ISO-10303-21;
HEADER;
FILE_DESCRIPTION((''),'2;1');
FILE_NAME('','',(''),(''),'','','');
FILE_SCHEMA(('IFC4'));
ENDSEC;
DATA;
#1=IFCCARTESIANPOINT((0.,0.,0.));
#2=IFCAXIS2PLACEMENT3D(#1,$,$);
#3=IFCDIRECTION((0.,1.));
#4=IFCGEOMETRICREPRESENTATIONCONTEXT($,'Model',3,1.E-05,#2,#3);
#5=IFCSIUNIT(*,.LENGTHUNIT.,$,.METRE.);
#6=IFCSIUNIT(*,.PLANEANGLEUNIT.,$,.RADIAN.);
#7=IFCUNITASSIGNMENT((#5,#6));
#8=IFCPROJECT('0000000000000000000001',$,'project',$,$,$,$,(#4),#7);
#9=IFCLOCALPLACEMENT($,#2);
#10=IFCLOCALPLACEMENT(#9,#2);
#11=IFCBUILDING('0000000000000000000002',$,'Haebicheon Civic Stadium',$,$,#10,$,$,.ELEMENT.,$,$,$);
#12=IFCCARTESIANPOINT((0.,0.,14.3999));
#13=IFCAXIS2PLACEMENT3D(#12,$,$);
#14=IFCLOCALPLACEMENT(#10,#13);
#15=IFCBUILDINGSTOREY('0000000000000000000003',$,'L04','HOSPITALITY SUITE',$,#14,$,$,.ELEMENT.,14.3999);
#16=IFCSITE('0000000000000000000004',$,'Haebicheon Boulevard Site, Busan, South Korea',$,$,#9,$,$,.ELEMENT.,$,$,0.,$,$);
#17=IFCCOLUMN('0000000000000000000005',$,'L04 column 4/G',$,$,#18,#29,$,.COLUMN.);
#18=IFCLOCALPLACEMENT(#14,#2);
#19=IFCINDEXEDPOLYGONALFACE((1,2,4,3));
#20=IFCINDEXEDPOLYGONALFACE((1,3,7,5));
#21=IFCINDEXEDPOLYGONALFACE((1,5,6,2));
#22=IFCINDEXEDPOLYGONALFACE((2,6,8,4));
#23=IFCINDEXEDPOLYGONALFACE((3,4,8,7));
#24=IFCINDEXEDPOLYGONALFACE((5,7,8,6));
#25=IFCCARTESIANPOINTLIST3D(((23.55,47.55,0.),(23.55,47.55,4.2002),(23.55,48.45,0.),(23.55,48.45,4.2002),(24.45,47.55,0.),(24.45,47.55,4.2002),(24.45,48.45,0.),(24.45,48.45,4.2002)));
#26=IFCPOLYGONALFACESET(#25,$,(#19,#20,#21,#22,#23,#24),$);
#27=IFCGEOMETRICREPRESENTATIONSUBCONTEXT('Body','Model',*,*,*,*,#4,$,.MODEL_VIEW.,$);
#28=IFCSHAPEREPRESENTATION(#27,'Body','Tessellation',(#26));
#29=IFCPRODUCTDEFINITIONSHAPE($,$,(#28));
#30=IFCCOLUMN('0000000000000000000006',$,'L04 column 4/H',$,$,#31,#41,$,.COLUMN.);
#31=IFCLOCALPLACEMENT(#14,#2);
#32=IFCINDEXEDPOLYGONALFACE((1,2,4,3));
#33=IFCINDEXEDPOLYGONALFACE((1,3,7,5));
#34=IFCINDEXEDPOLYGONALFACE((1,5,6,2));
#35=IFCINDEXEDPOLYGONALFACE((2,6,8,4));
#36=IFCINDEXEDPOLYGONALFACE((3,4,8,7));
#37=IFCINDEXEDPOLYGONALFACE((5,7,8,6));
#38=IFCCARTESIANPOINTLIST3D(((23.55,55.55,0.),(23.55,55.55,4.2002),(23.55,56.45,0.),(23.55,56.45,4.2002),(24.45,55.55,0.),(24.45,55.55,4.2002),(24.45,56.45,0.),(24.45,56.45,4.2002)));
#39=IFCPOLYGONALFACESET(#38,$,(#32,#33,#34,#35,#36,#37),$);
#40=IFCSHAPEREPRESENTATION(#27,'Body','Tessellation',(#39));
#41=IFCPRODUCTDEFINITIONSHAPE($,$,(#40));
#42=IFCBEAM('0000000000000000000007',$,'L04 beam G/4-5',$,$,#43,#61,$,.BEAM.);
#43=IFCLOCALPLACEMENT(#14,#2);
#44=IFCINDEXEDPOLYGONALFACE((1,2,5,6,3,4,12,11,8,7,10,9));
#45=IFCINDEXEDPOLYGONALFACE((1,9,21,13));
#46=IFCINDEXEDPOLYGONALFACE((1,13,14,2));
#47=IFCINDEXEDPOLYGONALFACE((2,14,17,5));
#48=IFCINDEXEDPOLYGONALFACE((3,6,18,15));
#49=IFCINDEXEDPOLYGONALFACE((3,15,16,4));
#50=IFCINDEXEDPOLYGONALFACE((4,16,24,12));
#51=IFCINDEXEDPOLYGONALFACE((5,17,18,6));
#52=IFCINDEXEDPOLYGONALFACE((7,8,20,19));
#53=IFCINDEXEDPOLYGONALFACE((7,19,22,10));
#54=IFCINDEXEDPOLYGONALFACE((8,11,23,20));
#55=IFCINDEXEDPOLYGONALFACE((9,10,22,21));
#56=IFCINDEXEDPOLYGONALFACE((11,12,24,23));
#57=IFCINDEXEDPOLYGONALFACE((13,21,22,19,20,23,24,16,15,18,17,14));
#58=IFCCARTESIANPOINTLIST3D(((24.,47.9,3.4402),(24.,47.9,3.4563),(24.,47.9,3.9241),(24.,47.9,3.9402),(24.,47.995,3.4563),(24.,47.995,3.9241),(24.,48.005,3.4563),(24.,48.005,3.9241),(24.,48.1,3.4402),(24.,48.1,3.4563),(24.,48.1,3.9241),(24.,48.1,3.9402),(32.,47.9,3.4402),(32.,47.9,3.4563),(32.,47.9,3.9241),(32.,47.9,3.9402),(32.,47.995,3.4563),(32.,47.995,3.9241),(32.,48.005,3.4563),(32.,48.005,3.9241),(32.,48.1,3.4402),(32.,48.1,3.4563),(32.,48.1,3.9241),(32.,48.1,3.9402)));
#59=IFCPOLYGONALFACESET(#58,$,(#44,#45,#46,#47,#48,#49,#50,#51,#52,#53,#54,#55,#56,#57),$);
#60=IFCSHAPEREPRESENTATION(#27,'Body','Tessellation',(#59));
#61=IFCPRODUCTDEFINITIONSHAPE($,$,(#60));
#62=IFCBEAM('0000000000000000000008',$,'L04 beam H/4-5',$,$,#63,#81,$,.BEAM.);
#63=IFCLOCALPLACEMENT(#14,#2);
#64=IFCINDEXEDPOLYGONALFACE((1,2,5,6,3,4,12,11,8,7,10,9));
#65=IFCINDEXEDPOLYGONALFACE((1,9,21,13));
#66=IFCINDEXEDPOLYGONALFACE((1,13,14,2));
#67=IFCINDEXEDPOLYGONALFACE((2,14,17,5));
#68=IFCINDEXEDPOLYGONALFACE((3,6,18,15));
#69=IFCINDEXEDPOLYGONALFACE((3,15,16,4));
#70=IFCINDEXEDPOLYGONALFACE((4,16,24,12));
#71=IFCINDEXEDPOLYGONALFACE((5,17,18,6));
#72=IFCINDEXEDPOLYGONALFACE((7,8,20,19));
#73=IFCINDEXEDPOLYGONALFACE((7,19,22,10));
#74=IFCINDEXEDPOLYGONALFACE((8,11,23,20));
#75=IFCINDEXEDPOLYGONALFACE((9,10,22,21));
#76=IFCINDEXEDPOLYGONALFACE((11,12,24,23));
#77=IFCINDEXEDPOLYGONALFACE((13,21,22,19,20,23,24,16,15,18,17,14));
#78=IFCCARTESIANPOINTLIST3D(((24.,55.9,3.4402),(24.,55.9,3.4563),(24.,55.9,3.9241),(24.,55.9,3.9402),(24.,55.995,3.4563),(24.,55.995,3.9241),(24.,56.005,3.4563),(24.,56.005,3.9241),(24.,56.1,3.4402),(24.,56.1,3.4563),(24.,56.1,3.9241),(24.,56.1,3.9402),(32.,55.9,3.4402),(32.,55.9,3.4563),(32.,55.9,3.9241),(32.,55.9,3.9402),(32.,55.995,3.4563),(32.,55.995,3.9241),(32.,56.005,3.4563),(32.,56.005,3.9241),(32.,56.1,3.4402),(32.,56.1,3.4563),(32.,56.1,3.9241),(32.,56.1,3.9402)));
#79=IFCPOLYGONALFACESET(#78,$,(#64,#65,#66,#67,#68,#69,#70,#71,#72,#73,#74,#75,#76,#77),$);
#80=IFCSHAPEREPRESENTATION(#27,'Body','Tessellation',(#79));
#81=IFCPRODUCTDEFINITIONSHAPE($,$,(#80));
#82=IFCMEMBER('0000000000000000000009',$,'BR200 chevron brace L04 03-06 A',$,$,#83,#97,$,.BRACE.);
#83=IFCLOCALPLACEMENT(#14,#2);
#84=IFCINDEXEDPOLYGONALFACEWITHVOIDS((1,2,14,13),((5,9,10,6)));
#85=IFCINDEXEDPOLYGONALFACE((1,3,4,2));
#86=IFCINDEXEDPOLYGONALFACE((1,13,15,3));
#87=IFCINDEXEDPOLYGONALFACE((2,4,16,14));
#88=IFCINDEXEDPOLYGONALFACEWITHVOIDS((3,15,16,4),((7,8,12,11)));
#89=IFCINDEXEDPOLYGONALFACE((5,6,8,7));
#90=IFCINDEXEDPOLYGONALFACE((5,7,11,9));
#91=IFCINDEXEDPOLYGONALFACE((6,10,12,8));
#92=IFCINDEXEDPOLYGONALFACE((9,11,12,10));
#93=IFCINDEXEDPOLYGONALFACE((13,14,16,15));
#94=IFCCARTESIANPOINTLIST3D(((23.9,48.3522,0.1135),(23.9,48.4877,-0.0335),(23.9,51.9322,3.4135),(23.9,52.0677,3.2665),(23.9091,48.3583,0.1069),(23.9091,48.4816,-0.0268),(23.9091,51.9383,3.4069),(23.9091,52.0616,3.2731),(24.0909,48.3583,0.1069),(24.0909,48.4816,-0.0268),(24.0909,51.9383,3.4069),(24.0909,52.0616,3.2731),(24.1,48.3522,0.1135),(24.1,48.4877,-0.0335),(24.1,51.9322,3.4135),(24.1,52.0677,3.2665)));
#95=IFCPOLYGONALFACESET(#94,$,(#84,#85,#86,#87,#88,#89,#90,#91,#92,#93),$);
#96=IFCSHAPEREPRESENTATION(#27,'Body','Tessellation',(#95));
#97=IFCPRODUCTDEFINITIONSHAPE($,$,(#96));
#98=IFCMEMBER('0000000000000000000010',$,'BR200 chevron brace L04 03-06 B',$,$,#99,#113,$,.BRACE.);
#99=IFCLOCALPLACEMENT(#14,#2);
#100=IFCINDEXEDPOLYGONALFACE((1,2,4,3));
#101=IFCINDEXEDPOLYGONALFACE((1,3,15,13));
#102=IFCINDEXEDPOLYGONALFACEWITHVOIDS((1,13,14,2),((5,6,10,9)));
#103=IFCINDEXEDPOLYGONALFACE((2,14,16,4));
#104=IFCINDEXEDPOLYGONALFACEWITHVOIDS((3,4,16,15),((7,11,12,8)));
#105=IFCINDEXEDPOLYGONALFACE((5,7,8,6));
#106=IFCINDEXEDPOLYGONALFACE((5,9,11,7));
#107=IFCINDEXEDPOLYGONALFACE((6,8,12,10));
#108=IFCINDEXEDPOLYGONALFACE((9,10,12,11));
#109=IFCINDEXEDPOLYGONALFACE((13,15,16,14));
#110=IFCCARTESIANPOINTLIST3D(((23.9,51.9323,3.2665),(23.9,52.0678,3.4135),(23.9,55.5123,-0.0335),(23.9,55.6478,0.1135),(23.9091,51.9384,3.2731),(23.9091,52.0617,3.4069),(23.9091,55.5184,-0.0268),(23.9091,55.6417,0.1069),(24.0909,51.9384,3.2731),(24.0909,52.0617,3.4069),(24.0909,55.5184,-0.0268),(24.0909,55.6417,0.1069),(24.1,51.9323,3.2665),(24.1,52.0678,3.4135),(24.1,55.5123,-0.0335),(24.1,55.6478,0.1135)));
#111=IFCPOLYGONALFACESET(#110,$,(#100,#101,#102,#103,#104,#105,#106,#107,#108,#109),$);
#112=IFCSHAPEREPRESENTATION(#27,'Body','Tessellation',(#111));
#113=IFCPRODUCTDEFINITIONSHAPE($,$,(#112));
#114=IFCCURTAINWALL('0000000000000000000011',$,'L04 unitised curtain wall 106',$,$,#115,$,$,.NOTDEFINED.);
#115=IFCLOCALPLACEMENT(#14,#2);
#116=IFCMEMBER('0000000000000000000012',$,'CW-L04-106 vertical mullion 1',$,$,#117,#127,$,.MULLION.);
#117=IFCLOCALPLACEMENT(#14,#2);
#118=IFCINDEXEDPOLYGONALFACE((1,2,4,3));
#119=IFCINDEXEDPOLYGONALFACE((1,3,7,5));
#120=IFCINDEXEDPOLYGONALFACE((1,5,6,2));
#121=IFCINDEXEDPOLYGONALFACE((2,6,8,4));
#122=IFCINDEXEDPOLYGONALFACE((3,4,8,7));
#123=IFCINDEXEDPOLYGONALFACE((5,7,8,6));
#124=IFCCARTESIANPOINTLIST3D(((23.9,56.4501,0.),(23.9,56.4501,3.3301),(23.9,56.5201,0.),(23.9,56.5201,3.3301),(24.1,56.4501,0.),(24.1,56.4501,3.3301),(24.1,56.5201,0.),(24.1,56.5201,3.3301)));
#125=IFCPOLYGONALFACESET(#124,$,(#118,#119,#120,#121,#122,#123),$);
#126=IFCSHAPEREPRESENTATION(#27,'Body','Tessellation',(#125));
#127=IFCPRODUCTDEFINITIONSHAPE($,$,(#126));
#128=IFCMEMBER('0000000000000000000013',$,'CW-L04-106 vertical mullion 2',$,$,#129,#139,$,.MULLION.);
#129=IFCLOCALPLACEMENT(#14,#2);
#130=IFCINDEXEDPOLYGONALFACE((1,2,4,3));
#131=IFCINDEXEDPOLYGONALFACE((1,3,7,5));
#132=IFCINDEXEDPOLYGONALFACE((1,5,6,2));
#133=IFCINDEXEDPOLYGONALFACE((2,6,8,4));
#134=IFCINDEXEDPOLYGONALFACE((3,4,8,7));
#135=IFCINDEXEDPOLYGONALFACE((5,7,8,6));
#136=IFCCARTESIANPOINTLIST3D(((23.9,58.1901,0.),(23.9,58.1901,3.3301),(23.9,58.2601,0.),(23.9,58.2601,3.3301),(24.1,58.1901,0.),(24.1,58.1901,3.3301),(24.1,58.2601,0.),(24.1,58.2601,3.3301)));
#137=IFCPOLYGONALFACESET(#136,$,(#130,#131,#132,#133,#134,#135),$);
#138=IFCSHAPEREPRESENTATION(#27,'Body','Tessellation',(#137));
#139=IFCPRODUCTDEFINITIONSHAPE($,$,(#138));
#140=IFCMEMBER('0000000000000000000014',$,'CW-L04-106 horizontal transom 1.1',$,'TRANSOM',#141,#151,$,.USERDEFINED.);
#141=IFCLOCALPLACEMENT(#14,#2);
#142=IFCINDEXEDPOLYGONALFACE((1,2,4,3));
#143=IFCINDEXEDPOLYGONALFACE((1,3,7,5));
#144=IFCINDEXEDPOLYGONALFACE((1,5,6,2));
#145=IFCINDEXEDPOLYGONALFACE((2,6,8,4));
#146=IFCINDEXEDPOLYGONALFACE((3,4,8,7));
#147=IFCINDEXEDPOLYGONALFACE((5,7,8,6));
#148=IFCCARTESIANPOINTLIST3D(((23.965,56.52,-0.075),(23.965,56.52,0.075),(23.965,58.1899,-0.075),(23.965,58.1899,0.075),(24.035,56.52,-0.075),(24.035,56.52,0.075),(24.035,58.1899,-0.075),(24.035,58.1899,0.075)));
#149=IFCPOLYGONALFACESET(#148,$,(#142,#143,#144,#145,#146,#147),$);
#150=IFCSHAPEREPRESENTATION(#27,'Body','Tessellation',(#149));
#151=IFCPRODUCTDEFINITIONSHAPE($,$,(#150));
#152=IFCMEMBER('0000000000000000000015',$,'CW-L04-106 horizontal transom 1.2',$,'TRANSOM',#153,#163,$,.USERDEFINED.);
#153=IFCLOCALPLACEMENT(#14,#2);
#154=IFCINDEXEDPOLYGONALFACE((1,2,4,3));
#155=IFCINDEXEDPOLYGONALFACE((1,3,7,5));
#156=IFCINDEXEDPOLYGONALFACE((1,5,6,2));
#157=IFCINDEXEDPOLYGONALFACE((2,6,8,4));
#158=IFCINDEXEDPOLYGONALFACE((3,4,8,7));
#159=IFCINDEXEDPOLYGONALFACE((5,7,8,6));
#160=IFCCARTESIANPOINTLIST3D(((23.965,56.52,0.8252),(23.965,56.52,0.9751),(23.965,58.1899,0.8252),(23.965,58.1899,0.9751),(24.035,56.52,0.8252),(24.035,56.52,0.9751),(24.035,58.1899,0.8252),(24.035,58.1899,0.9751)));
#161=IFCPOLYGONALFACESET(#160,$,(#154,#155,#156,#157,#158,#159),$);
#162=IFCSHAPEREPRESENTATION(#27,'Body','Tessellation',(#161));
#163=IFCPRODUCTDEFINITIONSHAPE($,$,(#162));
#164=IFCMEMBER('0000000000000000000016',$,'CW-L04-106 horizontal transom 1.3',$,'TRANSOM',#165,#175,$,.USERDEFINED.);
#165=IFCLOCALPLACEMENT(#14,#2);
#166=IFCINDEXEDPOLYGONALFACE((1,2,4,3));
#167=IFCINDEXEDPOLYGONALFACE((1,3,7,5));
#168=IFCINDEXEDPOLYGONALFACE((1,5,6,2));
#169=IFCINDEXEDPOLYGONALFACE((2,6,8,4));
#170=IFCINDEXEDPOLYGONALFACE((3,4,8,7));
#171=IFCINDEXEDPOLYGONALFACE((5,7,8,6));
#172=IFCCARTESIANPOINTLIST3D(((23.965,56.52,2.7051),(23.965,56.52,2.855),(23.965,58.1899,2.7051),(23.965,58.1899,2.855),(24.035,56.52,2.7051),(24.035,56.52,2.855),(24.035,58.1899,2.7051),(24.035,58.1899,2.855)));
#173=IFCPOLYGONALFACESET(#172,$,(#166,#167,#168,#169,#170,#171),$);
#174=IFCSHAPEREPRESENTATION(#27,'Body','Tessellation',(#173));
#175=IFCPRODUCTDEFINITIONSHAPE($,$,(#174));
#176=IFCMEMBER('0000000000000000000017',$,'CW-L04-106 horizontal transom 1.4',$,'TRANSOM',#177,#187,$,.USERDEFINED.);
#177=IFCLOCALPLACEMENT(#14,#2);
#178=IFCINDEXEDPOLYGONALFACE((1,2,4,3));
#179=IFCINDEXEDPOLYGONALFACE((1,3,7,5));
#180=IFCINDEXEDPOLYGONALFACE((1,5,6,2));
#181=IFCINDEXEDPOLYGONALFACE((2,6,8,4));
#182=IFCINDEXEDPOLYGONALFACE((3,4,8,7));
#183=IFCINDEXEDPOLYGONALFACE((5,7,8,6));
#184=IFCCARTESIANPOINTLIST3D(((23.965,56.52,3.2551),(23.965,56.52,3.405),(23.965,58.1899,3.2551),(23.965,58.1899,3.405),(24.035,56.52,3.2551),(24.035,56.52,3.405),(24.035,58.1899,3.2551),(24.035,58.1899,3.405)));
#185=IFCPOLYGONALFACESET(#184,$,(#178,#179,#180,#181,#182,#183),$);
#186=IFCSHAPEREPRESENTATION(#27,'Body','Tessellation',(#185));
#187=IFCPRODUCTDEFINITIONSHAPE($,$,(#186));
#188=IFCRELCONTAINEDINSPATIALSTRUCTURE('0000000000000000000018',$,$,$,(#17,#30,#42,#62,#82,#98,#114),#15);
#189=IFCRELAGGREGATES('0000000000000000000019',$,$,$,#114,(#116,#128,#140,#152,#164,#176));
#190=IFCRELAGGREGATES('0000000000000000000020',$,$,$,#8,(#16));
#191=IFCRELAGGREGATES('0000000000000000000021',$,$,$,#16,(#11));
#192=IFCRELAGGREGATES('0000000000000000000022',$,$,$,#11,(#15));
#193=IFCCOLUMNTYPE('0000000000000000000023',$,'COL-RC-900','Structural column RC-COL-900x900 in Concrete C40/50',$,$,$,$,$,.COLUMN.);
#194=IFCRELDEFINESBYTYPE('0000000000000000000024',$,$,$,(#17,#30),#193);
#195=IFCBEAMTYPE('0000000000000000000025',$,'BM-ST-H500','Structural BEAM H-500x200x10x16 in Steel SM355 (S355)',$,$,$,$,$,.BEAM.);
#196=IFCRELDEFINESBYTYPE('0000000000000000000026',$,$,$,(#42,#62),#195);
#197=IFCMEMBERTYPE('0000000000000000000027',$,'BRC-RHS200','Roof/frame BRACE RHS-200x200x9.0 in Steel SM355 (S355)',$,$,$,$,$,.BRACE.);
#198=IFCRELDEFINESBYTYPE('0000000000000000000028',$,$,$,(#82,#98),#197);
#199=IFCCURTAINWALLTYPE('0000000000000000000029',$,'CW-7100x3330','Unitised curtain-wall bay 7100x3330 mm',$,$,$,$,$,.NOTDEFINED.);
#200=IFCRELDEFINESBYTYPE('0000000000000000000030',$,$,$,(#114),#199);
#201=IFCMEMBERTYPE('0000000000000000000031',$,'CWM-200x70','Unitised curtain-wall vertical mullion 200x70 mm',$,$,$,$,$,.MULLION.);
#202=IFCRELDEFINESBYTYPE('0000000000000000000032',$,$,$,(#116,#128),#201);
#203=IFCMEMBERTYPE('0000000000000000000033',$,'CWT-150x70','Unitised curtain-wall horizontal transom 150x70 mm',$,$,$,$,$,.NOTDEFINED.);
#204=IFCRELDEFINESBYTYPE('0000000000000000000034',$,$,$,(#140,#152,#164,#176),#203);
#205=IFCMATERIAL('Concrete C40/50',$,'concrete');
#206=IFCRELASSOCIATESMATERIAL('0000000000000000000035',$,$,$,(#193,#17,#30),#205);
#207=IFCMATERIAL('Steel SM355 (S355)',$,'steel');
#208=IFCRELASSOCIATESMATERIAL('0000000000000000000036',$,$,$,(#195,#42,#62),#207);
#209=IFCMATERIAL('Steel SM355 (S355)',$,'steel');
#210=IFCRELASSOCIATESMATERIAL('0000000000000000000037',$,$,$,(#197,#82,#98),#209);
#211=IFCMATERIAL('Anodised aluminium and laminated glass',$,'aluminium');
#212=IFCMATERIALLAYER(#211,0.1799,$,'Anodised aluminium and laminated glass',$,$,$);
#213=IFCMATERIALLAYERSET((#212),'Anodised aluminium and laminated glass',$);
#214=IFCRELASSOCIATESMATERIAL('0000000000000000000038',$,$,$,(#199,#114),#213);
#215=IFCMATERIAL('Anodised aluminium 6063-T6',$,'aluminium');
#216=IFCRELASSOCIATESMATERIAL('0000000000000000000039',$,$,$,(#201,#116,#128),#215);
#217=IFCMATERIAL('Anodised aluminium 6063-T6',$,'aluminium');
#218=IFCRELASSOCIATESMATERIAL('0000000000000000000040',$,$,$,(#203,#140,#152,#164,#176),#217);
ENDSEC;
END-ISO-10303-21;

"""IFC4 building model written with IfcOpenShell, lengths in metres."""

from ifc_helpers import new_model, si_unit, direction, frame, origin, origin_2d, place, context, subcontext, project, spatial, rectangle, hollow_rectangle, i_section, extrude, material, layer, layer_set, material_profile, profile_set, type_object, element, aggregate, save


model = new_model("IFC4")

# Units and contexts
model_context = context("Model", 3, precision=1e-05, world=origin(), true_north=direction((0.0, 1.0)))
body_context = subcontext(model_context, "Body", "Model", "MODEL_VIEW")
ifc_project = project(units=[si_unit("LENGTHUNIT", "METRE"), si_unit("PLANEANGLEUNIT", "RADIAN")], contexts=[model_context])

# Site, building, storey
site_placement = place(None, origin())
site = spatial("IfcSite", under=ifc_project, at=site_placement, Name="Haebicheon Boulevard Site, Busan, South Korea", CompositionType="ELEMENT", RefElevation=0.0)
building_placement = place(site_placement, origin())
building = spatial("IfcBuilding", under=site, at=building_placement, Name="Haebicheon Civic Stadium", CompositionType="ELEMENT")
storey_placement = place(building_placement, frame((0.0, 0.0, 14.3999)))
storey = spatial("IfcBuildingStorey", under=building, at=storey_placement, Name="L04", Description="HOSPITALITY SUITE", CompositionType="ELEMENT", Elevation=14.3999)

# Columns
ifc_material_1 = material(Name="Concrete C40/50", Category="concrete")
ifc_material_profile_1 = material_profile(ifc_material_1, rectangle(XDim=0.8999, YDim=0.8999, at=origin_2d()), Name="RC-COL-900x900")
ifc_profile_set_1 = profile_set([ifc_material_profile_1], Name="Concrete C40/50")
column_type = type_object("IfcColumnType", Name="COL-RC-900", Description="Structural column RC-COL-900x900 in Concrete C40/50", PredefinedType="COLUMN", material=ifc_profile_set_1)
for number, where, z_axis, x_axis, name in (
    (1, (24.0, 48.0, 0.0), (0.0, 0.0, 1.0), (1.0, 0.0, 0.0), "L04 column 4/G"),
    (2, (24.0, 56.0, 0.0), (0.0, 0.0, 1.0), (1.0, 0.0, 0.0), "L04 column 4/H"),
):
    element("IfcColumn", number, at=place(storey_placement, frame(where, z_axis=z_axis, x_axis=x_axis)), inside=storey, type_object=column_type, material=ifc_profile_set_1, Name=name, PredefinedType="COLUMN", context=body_context, shape_type="SweptSolid", body=[
        extrude(rectangle(XDim=0.8999, YDim=0.8999, at=origin_2d()), origin(), (0.0, 0.0, 1.0), 4.2002),
    ])

# Beams
ifc_material_2 = material(Name="Steel SM355 (S355)", Category="steel")
ifc_material_profile_2 = material_profile(ifc_material_2, i_section(OverallWidth=0.2, OverallDepth=0.5, WebThickness=0.01, FlangeThickness=0.0161, at=origin_2d()), Name="H-500x200x10x16")
ifc_profile_set_2 = profile_set([ifc_material_profile_2], Name="Steel SM355 (S355)")
beam_type_1 = type_object("IfcBeamType", Name="BM-ST-H500", Description="Structural BEAM H-500x200x10x16 in Steel SM355 (S355)", PredefinedType="BEAM", material=ifc_profile_set_2)
for number, where, z_axis, x_axis, name in (
    (3, (24.0, 48.0, 3.6902), (1.0, 0.0, 0.0), (0.0, 1.0, 0.0), "L04 beam G/4-5"),
    (4, (24.0, 56.0, 3.6902), (1.0, 0.0, 0.0), (0.0, 1.0, 0.0), "L04 beam H/4-5"),
):
    element("IfcBeam", number, at=place(storey_placement, frame(where, z_axis=z_axis, x_axis=x_axis)), inside=storey, type_object=beam_type_1, material=ifc_profile_set_2, Name=name, PredefinedType="BEAM", context=body_context, shape_type="SweptSolid", body=[
        extrude(i_section(OverallWidth=0.2, OverallDepth=0.5, WebThickness=0.01, FlangeThickness=0.0161, at=origin_2d()), origin(), (0.0, 0.0, 1.0), 8.0),
    ])

# Members
ifc_material_3 = material(Name="Steel SM355 (S355)", Category="steel")
ifc_material_profile_3 = material_profile(ifc_material_3, hollow_rectangle(XDim=0.2, YDim=0.2, WallThickness=0.009, at=origin_2d()), Name="RHS-200x200x9.0")
ifc_profile_set_3 = profile_set([ifc_material_profile_3], Name="Steel SM355 (S355)")
member_type_1 = type_object("IfcMemberType", Name="BRC-RHS200", Description="Roof/frame BRACE RHS-200x200x9.0 in Steel SM355 (S355)", PredefinedType="BRACE", material=ifc_profile_set_3)
for number, where, z_axis, x_axis, name in (
    (5, (24.0, 48.4199, 0.04), (0.0, 0.735278, 0.677766), (-1.0, 0.0, 0.0), "BR200 chevron brace L04 03-06 A"),
    (6, (24.0, 55.5801, 0.04), (0.0, -0.735278, 0.677766), (1.0, 0.0, 0.0), "BR200 chevron brace L04 03-06 B"),
):
    element("IfcMember", number, at=place(storey_placement, frame(where, z_axis=z_axis, x_axis=x_axis)), inside=storey, type_object=member_type_1, material=ifc_profile_set_3, Name=name, PredefinedType="BRACE", context=body_context, shape_type="SweptSolid", body=[
        extrude(hollow_rectangle(XDim=0.2, YDim=0.2, WallThickness=0.009, at=origin_2d()), origin(), (0.0, 0.0, 1.0), 4.8689),
    ])

# Curtain wall, members
ifc_material_4 = material(Name="Anodised aluminium and laminated glass", Category="aluminium")
ifc_layer_1 = layer(ifc_material_4, 0.1799, Name="Anodised aluminium and laminated glass")
ifc_layer_set_1 = layer_set([ifc_layer_1], Name="Anodised aluminium and laminated glass")
curtain_wall_type = type_object("IfcCurtainWallType", Name="CW-7100x3330", Description="Unitised curtain-wall bay 7100x3330 mm", PredefinedType="NOTDEFINED", material=ifc_layer_set_1)
curtain_wall_placement = place(storey_placement, origin())
curtain_wall = element("IfcCurtainWall", 7, at=curtain_wall_placement, inside=storey, type_object=curtain_wall_type, material=ifc_layer_set_1, Name="L04 unitised curtain wall 106", PredefinedType="NOTDEFINED")
ifc_material_5 = material(Name="Anodised aluminium 6063-T6", Category="aluminium")
ifc_material_profile_4 = material_profile(ifc_material_5, rectangle(XDim=0.0701, YDim=0.2, at=origin_2d()), Name="ALU-MULL-70x200")
ifc_profile_set_4 = profile_set([ifc_material_profile_4], Name="Anodised aluminium 6063-T6")
member_type_2 = type_object("IfcMemberType", Name="CWM-200x70", Description="Unitised curtain-wall vertical mullion 200x70 mm", PredefinedType="MULLION", material=ifc_profile_set_4)
member_1_placement = place(storey_placement, frame((24.0, 56.4851, 0.0), z_axis=(0.0, 0.0, 1.0), x_axis=(0.0, 1.0, 0.0)))
member_1 = element("IfcMember", 8, at=member_1_placement, type_object=member_type_2, material=ifc_profile_set_4, Name="CW-L04-106 vertical mullion 1", PredefinedType="MULLION", context=body_context, shape_type="SweptSolid", body=[
    extrude(rectangle(XDim=0.0701, YDim=0.2, at=origin_2d()), origin(), (0.0, 0.0, 1.0), 3.3301),
])
member_2_placement = place(storey_placement, frame((24.0, 58.2251, 0.0), z_axis=(0.0, 0.0, 1.0), x_axis=(0.0, 1.0, 0.0)))
member_2 = element("IfcMember", 9, at=member_2_placement, type_object=member_type_2, material=ifc_profile_set_4, Name="CW-L04-106 vertical mullion 2", PredefinedType="MULLION", context=body_context, shape_type="SweptSolid", body=[
    extrude(rectangle(XDim=0.0701, YDim=0.2, at=origin_2d()), origin(), (0.0, 0.0, 1.0), 3.3301),
])
ifc_material_6 = material(Name="Anodised aluminium 6063-T6", Category="aluminium")
ifc_material_profile_5 = material_profile(ifc_material_6, rectangle(XDim=0.0701, YDim=0.1499, at=origin_2d()), Name="ALU-TRAN-70x150")
ifc_profile_set_5 = profile_set([ifc_material_profile_5], Name="Anodised aluminium 6063-T6")
member_type_3 = type_object("IfcMemberType", Name="CWT-150x70", Description="Unitised curtain-wall horizontal transom 150x70 mm", PredefinedType="NOTDEFINED", material=ifc_profile_set_5)
member_3_placement = place(storey_placement, frame((24.0, 56.52, 0.0), z_axis=(0.0, 1.0, 0.0), x_axis=(-1.0, 0.0, 0.0)))
member_3 = element("IfcMember", 10, at=member_3_placement, type_object=member_type_3, material=ifc_profile_set_5, Name="CW-L04-106 horizontal transom 1.1", ObjectType="TRANSOM", PredefinedType="USERDEFINED", context=body_context, shape_type="SweptSolid", body=[
    extrude(rectangle(XDim=0.0701, YDim=0.1499, at=origin_2d()), origin(), (0.0, 0.0, 1.0), 1.6699),
])
member_4_placement = place(storey_placement, frame((24.0, 56.52, 0.9001), z_axis=(0.0, 1.0, 0.0), x_axis=(-1.0, 0.0, 0.0)))
member_4 = element("IfcMember", 11, at=member_4_placement, type_object=member_type_3, material=ifc_profile_set_5, Name="CW-L04-106 horizontal transom 1.2", ObjectType="TRANSOM", PredefinedType="USERDEFINED", context=body_context, shape_type="SweptSolid", body=[
    extrude(rectangle(XDim=0.0701, YDim=0.1499, at=origin_2d()), origin(), (0.0, 0.0, 1.0), 1.6699),
])
member_5_placement = place(storey_placement, frame((24.0, 56.52, 2.78), z_axis=(0.0, 1.0, 0.0), x_axis=(-1.0, 0.0, 0.0)))
member_5 = element("IfcMember", 12, at=member_5_placement, type_object=member_type_3, material=ifc_profile_set_5, Name="CW-L04-106 horizontal transom 1.3", ObjectType="TRANSOM", PredefinedType="USERDEFINED", context=body_context, shape_type="SweptSolid", body=[
    extrude(rectangle(XDim=0.0701, YDim=0.1499, at=origin_2d()), origin(), (0.0, 0.0, 1.0), 1.6699),
])
member_6_placement = place(storey_placement, frame((24.0, 56.52, 3.3301), z_axis=(0.0, 1.0, 0.0), x_axis=(-1.0, 0.0, 0.0)))
member_6 = element("IfcMember", 13, at=member_6_placement, type_object=member_type_3, material=ifc_profile_set_5, Name="CW-L04-106 horizontal transom 1.4", ObjectType="TRANSOM", PredefinedType="USERDEFINED", context=body_context, shape_type="SweptSolid", body=[
    extrude(rectangle(XDim=0.0701, YDim=0.1499, at=origin_2d()), origin(), (0.0, 0.0, 1.0), 1.6699),
])

aggregate(curtain_wall, [member_1, member_2, member_3, member_4, member_5, member_6])

save(model, "model.ifc")
